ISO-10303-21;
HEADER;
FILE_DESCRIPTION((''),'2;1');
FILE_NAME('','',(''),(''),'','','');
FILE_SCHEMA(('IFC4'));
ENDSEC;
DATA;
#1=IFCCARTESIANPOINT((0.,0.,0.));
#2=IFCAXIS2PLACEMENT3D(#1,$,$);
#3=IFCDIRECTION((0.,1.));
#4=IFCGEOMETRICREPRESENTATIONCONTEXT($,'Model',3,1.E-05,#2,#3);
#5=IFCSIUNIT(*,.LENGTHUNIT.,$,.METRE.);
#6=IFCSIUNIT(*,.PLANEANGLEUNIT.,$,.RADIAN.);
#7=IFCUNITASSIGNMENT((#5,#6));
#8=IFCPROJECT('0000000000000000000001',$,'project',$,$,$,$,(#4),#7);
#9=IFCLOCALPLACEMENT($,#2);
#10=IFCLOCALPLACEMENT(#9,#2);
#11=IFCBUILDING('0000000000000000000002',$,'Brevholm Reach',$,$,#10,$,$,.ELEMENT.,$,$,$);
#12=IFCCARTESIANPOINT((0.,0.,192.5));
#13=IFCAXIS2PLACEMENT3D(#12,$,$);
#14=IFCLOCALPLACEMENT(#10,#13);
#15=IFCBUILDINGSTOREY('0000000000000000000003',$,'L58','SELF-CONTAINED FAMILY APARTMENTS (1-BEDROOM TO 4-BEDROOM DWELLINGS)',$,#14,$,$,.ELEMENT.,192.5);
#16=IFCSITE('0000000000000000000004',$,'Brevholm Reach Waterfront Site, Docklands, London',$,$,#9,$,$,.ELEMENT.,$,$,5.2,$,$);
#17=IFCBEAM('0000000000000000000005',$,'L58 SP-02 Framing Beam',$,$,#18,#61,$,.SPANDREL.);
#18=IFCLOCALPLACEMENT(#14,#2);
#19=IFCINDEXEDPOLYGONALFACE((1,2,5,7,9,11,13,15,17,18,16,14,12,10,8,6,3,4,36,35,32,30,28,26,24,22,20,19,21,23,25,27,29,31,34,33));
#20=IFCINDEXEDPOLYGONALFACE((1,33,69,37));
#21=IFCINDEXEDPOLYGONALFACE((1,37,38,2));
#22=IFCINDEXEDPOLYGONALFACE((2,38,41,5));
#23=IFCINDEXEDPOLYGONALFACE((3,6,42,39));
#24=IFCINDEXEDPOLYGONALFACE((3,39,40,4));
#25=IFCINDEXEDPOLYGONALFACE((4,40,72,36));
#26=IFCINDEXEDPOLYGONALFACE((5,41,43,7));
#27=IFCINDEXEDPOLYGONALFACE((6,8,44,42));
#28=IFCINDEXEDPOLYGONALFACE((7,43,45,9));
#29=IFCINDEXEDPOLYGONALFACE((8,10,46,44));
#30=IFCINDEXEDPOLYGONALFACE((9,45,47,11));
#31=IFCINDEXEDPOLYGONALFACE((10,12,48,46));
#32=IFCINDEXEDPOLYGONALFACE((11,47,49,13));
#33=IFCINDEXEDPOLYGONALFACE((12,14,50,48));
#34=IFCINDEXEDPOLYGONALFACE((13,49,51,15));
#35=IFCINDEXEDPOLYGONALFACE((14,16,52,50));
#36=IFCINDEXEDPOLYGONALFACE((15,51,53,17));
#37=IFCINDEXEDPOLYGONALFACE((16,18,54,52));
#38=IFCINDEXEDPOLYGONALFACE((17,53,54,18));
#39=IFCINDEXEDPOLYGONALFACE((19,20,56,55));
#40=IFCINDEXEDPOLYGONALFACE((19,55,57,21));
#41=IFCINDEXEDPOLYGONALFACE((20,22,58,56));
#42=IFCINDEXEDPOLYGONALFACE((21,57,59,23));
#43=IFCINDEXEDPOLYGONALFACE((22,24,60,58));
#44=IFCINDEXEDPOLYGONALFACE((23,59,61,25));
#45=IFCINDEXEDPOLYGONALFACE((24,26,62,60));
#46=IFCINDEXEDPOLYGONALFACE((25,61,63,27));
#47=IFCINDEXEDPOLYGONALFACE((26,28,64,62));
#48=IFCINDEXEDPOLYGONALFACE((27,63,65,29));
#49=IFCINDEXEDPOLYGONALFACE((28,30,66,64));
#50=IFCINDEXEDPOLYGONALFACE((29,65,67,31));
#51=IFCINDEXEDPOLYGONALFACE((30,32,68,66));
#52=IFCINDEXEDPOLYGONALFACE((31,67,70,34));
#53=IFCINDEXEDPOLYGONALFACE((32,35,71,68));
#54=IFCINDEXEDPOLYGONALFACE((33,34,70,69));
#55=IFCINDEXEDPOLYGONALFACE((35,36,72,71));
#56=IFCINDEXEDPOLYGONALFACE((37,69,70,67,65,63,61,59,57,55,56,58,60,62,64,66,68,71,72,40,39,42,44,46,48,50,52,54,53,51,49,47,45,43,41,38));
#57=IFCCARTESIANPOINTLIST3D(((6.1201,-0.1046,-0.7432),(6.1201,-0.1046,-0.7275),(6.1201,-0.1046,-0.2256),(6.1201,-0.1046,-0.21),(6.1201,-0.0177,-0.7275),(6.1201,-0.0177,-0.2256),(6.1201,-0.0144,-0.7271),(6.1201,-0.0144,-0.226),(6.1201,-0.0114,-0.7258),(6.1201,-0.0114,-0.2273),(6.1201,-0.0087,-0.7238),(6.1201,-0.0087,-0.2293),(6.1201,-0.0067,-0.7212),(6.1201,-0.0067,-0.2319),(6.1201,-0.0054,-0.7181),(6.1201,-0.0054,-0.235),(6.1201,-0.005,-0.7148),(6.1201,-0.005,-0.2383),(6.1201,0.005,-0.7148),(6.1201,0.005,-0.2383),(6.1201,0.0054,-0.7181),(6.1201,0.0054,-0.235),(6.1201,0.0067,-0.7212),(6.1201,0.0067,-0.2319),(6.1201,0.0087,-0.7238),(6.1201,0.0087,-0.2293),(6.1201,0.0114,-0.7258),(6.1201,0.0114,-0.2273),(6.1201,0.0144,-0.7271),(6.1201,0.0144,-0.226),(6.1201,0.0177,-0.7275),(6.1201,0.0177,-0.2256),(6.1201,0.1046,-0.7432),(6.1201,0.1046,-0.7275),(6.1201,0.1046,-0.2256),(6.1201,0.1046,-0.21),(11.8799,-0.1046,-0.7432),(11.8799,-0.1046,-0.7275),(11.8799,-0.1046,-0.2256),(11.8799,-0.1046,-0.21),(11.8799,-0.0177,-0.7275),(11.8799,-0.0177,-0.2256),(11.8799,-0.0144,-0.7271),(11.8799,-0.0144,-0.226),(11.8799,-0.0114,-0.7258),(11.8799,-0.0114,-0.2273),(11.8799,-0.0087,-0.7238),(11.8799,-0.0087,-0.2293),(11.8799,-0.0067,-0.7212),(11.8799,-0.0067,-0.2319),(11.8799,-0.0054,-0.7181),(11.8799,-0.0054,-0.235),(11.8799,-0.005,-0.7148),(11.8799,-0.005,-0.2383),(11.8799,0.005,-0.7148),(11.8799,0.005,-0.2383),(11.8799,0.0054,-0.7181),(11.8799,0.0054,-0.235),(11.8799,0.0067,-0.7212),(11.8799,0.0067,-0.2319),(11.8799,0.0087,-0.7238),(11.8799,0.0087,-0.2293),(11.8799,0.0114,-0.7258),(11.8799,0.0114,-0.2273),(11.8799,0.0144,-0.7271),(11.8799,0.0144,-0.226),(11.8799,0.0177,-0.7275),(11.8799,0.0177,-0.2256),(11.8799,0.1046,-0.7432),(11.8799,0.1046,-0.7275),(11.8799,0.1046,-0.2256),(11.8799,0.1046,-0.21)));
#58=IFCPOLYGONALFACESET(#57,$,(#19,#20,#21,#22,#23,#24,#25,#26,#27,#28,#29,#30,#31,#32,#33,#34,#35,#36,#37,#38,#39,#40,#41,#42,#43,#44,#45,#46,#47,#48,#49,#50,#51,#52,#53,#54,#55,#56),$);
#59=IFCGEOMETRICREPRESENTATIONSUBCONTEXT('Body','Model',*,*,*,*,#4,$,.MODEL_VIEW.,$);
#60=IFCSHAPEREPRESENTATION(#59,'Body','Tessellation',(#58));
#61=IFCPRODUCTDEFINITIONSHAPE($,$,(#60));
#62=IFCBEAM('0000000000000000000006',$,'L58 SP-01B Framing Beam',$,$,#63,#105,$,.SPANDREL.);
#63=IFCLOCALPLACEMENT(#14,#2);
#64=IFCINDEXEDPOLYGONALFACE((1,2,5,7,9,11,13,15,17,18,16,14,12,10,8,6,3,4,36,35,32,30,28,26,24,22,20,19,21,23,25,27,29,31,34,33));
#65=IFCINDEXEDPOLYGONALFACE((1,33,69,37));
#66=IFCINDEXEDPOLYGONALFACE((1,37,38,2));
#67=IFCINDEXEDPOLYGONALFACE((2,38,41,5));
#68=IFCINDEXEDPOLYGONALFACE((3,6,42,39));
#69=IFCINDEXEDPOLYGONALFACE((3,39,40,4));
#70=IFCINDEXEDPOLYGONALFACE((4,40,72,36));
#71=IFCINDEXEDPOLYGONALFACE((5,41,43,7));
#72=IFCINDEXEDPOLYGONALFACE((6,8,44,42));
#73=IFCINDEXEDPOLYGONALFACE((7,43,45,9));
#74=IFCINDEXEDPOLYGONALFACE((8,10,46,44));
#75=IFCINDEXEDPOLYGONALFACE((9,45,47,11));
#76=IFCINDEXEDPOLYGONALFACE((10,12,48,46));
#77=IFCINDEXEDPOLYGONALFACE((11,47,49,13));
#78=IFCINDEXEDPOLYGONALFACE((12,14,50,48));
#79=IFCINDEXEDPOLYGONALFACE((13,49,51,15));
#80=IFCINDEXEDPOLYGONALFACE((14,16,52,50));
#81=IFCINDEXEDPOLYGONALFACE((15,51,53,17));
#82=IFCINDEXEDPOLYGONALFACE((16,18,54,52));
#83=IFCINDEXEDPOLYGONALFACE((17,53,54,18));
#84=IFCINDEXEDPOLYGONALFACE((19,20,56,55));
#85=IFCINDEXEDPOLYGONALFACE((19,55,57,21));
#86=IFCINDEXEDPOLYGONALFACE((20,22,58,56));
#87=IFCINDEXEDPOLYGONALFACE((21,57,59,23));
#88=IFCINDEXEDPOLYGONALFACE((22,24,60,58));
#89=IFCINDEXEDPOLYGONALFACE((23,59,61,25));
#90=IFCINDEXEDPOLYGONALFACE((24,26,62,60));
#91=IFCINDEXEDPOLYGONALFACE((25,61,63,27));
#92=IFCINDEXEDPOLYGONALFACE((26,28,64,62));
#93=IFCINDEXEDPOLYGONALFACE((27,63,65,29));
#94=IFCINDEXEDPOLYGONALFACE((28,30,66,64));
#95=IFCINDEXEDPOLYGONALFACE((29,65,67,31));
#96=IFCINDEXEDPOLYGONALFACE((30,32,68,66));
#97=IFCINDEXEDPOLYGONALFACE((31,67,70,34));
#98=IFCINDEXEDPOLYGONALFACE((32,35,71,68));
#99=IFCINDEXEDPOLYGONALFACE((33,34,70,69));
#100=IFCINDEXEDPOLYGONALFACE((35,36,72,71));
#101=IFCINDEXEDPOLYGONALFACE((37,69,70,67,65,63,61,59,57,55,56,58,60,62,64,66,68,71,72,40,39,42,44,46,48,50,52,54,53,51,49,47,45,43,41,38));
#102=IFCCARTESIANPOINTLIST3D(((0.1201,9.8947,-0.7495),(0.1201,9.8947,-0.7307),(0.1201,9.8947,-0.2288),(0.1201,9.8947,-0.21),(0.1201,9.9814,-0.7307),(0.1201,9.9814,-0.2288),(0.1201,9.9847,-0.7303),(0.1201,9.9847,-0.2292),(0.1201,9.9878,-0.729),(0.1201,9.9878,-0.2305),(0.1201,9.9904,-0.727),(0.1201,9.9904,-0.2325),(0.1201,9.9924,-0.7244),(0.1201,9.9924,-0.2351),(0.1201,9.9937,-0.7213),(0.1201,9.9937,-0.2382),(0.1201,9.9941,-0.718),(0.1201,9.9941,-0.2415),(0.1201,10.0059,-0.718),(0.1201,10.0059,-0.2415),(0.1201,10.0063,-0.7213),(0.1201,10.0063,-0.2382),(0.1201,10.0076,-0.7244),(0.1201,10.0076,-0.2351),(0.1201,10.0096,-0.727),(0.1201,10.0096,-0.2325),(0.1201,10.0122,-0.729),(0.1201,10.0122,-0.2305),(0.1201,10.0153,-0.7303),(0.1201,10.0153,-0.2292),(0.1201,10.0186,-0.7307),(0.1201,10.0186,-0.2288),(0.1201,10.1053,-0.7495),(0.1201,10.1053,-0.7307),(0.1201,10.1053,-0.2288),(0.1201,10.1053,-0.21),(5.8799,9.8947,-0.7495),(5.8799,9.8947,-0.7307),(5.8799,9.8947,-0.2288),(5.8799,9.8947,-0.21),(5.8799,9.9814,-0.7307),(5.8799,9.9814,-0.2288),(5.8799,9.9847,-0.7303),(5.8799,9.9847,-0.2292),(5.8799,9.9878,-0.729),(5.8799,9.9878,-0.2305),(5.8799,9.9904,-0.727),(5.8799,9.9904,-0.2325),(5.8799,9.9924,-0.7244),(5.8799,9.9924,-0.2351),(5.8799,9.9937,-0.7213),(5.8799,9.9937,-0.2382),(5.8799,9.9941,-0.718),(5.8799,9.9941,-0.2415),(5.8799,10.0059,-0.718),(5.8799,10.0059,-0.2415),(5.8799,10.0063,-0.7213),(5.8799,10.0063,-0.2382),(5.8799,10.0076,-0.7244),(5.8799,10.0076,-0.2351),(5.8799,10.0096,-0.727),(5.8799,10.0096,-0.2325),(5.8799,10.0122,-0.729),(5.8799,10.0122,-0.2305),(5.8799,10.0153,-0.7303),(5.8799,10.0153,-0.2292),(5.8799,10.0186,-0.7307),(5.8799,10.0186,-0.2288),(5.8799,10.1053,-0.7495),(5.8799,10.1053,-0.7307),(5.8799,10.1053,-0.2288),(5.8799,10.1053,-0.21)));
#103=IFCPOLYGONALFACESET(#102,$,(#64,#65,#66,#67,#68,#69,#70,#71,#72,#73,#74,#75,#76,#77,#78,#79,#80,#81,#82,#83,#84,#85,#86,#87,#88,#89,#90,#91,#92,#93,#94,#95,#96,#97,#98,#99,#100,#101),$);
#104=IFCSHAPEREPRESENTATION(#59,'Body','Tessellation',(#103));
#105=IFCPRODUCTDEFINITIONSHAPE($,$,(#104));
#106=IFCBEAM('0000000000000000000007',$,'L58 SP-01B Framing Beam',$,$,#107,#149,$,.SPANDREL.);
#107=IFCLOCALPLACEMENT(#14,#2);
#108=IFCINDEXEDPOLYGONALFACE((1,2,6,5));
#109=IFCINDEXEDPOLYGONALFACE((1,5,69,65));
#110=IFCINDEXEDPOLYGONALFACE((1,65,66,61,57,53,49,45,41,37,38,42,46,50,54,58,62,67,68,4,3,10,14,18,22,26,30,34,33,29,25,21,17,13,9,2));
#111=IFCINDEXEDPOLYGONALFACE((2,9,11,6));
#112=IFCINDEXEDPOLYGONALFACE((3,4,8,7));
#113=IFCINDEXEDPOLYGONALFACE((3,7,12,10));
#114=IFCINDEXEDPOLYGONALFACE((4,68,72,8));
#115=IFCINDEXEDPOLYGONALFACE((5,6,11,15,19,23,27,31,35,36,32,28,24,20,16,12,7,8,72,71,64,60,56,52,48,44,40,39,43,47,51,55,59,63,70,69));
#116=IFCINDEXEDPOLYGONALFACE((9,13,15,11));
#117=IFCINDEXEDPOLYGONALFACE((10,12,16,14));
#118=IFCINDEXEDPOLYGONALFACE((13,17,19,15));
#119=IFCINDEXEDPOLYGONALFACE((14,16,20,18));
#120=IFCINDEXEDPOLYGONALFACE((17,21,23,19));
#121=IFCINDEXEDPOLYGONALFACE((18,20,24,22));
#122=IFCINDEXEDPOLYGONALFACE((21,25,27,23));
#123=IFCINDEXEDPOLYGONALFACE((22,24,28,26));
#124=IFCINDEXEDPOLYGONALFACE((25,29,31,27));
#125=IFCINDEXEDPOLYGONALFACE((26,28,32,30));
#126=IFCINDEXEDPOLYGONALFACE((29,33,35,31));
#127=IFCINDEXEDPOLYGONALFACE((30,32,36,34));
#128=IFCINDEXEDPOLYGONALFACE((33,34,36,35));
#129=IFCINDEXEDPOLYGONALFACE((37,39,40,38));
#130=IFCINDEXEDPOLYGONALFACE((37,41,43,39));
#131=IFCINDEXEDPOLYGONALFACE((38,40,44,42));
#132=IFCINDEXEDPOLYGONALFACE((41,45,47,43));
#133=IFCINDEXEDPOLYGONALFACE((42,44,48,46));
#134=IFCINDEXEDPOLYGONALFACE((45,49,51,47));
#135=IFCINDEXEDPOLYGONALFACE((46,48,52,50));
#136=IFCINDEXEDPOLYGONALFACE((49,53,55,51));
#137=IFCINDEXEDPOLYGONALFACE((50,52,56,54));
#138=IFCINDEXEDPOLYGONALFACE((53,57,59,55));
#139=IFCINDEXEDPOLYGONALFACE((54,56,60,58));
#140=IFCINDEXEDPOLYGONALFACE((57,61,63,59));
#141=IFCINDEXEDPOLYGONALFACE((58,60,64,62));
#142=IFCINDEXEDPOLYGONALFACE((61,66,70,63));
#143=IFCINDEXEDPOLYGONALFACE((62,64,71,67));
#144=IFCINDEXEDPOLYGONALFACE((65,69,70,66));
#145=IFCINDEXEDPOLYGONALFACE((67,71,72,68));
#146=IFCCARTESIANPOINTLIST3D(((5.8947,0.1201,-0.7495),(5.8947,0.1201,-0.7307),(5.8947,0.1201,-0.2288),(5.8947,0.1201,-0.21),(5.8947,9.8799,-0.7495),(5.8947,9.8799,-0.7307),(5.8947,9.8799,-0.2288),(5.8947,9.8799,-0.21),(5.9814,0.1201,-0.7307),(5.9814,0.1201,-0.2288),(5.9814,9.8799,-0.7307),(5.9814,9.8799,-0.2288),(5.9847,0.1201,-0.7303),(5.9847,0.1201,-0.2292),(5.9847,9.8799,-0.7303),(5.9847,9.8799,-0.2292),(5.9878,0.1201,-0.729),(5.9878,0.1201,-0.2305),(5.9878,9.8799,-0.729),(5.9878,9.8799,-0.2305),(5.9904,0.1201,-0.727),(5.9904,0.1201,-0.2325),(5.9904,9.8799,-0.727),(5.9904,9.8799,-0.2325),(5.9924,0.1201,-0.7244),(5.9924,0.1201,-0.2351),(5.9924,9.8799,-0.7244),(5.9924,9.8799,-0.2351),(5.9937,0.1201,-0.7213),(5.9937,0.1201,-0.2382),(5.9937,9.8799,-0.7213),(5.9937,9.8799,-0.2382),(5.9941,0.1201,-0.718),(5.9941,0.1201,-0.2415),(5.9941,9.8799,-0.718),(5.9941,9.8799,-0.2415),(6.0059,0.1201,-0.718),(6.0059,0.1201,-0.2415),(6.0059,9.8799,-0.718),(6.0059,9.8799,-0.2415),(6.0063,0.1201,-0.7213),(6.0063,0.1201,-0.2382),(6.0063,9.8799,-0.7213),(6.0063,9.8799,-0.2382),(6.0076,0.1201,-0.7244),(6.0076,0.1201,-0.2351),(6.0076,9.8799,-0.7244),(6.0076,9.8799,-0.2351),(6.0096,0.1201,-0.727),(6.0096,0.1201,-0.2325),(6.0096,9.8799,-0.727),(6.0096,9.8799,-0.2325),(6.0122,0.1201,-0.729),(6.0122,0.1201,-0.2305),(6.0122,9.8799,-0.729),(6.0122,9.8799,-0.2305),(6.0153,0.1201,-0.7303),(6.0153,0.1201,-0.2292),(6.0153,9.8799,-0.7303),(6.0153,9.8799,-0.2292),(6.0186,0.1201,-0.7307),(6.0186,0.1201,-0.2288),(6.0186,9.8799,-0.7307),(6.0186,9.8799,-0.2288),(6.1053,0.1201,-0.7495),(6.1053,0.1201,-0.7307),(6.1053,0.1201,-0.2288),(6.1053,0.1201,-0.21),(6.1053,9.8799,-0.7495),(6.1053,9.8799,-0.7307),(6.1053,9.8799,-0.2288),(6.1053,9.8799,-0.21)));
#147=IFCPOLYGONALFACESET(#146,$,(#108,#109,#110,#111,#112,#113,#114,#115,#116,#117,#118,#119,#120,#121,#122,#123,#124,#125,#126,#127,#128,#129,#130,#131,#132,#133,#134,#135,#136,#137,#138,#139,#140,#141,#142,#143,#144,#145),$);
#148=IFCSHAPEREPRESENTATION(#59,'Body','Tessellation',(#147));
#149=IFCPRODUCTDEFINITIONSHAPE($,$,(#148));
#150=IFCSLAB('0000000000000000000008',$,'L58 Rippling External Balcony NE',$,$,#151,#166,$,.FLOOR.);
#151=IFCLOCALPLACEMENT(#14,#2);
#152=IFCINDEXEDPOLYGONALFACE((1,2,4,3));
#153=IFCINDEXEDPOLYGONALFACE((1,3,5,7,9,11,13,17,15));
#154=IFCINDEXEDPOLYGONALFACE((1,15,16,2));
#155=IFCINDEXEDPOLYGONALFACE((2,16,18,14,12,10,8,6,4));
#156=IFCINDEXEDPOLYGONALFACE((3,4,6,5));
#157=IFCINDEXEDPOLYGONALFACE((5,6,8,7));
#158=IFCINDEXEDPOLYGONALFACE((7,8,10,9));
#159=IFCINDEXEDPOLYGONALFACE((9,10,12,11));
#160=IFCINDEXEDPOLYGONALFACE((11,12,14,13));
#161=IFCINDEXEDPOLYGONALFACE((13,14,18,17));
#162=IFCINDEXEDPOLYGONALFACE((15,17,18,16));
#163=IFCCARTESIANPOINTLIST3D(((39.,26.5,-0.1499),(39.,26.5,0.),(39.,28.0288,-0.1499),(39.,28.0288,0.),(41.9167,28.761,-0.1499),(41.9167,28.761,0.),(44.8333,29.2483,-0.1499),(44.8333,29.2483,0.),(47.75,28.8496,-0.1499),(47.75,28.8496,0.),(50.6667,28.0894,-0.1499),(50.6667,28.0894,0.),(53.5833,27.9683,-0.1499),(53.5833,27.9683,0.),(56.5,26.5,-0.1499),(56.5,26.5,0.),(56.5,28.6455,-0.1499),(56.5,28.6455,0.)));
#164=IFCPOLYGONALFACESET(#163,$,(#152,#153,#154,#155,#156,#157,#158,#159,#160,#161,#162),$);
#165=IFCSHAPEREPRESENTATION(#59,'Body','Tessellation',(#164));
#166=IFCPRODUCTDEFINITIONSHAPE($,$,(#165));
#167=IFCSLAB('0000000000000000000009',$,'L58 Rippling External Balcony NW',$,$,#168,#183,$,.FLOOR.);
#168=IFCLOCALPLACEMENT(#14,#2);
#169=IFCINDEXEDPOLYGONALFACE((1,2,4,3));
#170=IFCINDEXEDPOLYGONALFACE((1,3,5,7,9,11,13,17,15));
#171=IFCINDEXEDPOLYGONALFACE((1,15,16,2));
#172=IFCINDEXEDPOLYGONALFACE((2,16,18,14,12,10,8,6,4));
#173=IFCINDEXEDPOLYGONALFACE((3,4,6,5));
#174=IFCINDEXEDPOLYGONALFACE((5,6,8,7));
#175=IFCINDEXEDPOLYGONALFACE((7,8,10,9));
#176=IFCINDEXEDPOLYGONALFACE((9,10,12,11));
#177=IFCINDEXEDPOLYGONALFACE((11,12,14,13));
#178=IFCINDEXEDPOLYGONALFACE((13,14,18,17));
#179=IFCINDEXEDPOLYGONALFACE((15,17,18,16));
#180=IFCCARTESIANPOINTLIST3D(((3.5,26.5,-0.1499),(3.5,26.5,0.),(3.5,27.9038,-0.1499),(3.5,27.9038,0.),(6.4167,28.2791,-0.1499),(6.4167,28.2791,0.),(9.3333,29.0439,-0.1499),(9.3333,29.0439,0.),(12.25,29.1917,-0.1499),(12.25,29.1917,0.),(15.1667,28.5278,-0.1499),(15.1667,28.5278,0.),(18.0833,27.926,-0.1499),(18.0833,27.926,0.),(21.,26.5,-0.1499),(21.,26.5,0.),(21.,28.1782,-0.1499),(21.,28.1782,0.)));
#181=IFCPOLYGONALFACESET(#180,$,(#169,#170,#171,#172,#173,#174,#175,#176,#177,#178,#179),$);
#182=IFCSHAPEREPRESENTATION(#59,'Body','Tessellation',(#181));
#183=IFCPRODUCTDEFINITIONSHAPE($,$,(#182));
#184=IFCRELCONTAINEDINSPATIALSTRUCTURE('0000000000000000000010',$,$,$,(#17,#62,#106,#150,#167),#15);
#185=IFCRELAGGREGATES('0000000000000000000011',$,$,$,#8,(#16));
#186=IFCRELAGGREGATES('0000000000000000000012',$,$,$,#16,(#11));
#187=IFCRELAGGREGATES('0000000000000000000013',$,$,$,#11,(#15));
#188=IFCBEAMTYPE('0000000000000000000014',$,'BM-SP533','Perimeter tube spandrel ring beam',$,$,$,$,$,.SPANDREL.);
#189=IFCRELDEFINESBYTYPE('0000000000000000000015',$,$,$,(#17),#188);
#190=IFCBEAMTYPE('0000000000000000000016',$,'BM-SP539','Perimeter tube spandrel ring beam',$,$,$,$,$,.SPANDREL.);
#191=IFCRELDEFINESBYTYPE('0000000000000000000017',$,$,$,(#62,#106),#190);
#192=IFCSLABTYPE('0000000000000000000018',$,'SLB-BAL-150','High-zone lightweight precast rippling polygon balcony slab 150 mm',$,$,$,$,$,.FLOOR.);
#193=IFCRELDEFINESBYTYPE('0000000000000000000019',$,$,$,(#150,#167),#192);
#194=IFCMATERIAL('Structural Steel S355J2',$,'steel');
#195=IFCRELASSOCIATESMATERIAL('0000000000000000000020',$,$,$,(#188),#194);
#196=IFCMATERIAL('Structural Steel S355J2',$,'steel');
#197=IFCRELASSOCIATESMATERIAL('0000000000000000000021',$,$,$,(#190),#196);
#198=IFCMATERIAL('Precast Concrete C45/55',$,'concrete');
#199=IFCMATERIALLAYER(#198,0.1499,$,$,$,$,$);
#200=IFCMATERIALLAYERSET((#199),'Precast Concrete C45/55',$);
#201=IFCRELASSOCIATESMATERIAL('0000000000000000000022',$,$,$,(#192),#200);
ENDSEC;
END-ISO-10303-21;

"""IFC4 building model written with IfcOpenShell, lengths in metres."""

from ifc_helpers import new_model, si_unit, direction, frame, origin, origin_2d, place, context, subcontext, project, spatial, polyline, i_section, outline, extrude, material, layer, layer_set, material_profile, profile_set, type_object, element, save


model = new_model("IFC4")

# Units and contexts
model_context = context("Model", 3, precision=1e-05, world=origin(), true_north=direction((0.0, 1.0)))
body_context = subcontext(model_context, "Body", "Model", "MODEL_VIEW")
ifc_project = project(units=[si_unit("LENGTHUNIT", "METRE"), si_unit("PLANEANGLEUNIT", "RADIAN")], contexts=[model_context])

# Site, building, storey
site_placement = place(None, origin())
site = spatial("IfcSite", under=ifc_project, at=site_placement, Name="Brevholm Reach Waterfront Site, Docklands, London", CompositionType="ELEMENT", RefElevation=5.2)
building_placement = place(site_placement, origin())
building = spatial("IfcBuilding", under=site, at=building_placement, Name="Brevholm Reach", CompositionType="ELEMENT")
storey_placement = place(building_placement, frame((0.0, 0.0, 192.5)))
storey = spatial("IfcBuildingStorey", under=building, at=storey_placement, Name="L58", Description="SELF-CONTAINED FAMILY APARTMENTS (1-BEDROOM TO 4-BEDROOM DWELLINGS)", CompositionType="ELEMENT", Elevation=192.5)

# Beams
ifc_material_1 = material(Name="Structural Steel S355J2", Category="steel")
ifc_material_profile_1 = material_profile(ifc_material_1, i_section(OverallWidth=0.2092, OverallDepth=0.5332, WebThickness=0.01, FlangeThickness=0.0156, FilletRadius=0.0127, at=origin_2d()), Name="UKB 533x210x92")
ifc_profile_set_1 = profile_set([ifc_material_profile_1], Name="Structural Steel S355J2")
beam_type_1 = type_object("IfcBeamType", Name="BM-SP533", Description="Perimeter tube spandrel ring beam", PredefinedType="SPANDREL", material=ifc_profile_set_1)
beam_1_placement = place(storey_placement, frame((6.1201, 0.0, -0.4766), z_axis=(1.0, 0.0, 0.0), x_axis=(0.0, 1.0, 0.0)))
element("IfcBeam", 1, at=beam_1_placement, inside=storey, type_object=beam_type_1, Name="L58 SP-02 Framing Beam", PredefinedType="SPANDREL", context=body_context, shape_type="SweptSolid", body=[
    extrude(i_section(OverallWidth=0.2092, OverallDepth=0.5332, WebThickness=0.01, FlangeThickness=0.0156, FilletRadius=0.0127, at=origin_2d()), origin(), (0.0, 0.0, 1.0), 5.7598),
])
ifc_material_2 = material(Name="Structural Steel S355J2", Category="steel")
ifc_material_profile_2 = material_profile(ifc_material_2, i_section(OverallWidth=0.2107, OverallDepth=0.5396, WebThickness=0.0117, FlangeThickness=0.0188, FilletRadius=0.0127, at=origin_2d()), Name="UKB 533x210x109")
ifc_profile_set_2 = profile_set([ifc_material_profile_2], Name="Structural Steel S355J2")
beam_type_2 = type_object("IfcBeamType", Name="BM-SP539", Description="Perimeter tube spandrel ring beam", PredefinedType="SPANDREL", material=ifc_profile_set_2)
beam_2_placement = place(storey_placement, frame((0.1201, 10.0, -0.4797), z_axis=(1.0, 0.0, 0.0), x_axis=(0.0, 1.0, 0.0)))
element("IfcBeam", 2, at=beam_2_placement, inside=storey, type_object=beam_type_2, Name="L58 SP-01B Framing Beam", PredefinedType="SPANDREL", context=body_context, shape_type="SweptSolid", body=[
    extrude(i_section(OverallWidth=0.2107, OverallDepth=0.5396, WebThickness=0.0117, FlangeThickness=0.0188, FilletRadius=0.0127, at=origin_2d()), origin(), (0.0, 0.0, 1.0), 5.7598),
])
beam_3_placement = place(storey_placement, frame((6.0, 0.1201, -0.4797), z_axis=(0.0, 1.0, 0.0), x_axis=(-1.0, 0.0, 0.0)))
element("IfcBeam", 3, at=beam_3_placement, inside=storey, type_object=beam_type_2, Name="L58 SP-01B Framing Beam", PredefinedType="SPANDREL", context=body_context, shape_type="SweptSolid", body=[
    extrude(i_section(OverallWidth=0.2107, OverallDepth=0.5396, WebThickness=0.0117, FlangeThickness=0.0188, FilletRadius=0.0127, at=origin_2d()), origin(), (0.0, 0.0, 1.0), 9.7598),
])

# Slabs
ifc_material_3 = material(Name="Precast Concrete C45/55", Category="concrete")
ifc_layer_1 = layer(ifc_material_3, 0.1499)
ifc_layer_set_1 = layer_set([ifc_layer_1], Name="Precast Concrete C45/55")
slab_type_1 = type_object("IfcSlabType", Name="SLB-BAL-150", Description="High-zone lightweight precast rippling polygon balcony slab 150 mm", PredefinedType="FLOOR", material=ifc_layer_set_1)
slab_1_placement = place(storey_placement, frame((0.0, 0.0, -0.1499)))
element("IfcSlab", 4, at=slab_1_placement, inside=storey, type_object=slab_type_1, Name="L58 Rippling External Balcony NE", PredefinedType="FLOOR", context=body_context, shape_type="SweptSolid", body=[
    extrude(outline(polyline([(39.0, 26.5), (56.5, 26.5), (56.5, 28.6455), (53.5833, 27.9683), (50.6667, 28.0894), (47.75, 28.8496), (44.8333, 29.2483), (41.9167, 28.761), (39.0, 28.0288), (39.0, 26.5)])), origin(), (0.0, 0.0, 1.0), 0.1499),
])
slab_2_placement = place(storey_placement, frame((0.0, 0.0, -0.1499)))
element("IfcSlab", 5, at=slab_2_placement, inside=storey, type_object=slab_type_1, Name="L58 Rippling External Balcony NW", PredefinedType="FLOOR", context=body_context, shape_type="SweptSolid", body=[
    extrude(outline(polyline([(3.5, 26.5), (21.0, 26.5), (21.0, 28.1782), (18.0833, 27.926), (15.1667, 28.5278), (12.25, 29.1917), (9.3333, 29.0439), (6.4167, 28.2791), (3.5, 27.9038), (3.5, 26.5)])), origin(), (0.0, 0.0, 1.0), 0.1499),
])

save(model, "model.ifc")
